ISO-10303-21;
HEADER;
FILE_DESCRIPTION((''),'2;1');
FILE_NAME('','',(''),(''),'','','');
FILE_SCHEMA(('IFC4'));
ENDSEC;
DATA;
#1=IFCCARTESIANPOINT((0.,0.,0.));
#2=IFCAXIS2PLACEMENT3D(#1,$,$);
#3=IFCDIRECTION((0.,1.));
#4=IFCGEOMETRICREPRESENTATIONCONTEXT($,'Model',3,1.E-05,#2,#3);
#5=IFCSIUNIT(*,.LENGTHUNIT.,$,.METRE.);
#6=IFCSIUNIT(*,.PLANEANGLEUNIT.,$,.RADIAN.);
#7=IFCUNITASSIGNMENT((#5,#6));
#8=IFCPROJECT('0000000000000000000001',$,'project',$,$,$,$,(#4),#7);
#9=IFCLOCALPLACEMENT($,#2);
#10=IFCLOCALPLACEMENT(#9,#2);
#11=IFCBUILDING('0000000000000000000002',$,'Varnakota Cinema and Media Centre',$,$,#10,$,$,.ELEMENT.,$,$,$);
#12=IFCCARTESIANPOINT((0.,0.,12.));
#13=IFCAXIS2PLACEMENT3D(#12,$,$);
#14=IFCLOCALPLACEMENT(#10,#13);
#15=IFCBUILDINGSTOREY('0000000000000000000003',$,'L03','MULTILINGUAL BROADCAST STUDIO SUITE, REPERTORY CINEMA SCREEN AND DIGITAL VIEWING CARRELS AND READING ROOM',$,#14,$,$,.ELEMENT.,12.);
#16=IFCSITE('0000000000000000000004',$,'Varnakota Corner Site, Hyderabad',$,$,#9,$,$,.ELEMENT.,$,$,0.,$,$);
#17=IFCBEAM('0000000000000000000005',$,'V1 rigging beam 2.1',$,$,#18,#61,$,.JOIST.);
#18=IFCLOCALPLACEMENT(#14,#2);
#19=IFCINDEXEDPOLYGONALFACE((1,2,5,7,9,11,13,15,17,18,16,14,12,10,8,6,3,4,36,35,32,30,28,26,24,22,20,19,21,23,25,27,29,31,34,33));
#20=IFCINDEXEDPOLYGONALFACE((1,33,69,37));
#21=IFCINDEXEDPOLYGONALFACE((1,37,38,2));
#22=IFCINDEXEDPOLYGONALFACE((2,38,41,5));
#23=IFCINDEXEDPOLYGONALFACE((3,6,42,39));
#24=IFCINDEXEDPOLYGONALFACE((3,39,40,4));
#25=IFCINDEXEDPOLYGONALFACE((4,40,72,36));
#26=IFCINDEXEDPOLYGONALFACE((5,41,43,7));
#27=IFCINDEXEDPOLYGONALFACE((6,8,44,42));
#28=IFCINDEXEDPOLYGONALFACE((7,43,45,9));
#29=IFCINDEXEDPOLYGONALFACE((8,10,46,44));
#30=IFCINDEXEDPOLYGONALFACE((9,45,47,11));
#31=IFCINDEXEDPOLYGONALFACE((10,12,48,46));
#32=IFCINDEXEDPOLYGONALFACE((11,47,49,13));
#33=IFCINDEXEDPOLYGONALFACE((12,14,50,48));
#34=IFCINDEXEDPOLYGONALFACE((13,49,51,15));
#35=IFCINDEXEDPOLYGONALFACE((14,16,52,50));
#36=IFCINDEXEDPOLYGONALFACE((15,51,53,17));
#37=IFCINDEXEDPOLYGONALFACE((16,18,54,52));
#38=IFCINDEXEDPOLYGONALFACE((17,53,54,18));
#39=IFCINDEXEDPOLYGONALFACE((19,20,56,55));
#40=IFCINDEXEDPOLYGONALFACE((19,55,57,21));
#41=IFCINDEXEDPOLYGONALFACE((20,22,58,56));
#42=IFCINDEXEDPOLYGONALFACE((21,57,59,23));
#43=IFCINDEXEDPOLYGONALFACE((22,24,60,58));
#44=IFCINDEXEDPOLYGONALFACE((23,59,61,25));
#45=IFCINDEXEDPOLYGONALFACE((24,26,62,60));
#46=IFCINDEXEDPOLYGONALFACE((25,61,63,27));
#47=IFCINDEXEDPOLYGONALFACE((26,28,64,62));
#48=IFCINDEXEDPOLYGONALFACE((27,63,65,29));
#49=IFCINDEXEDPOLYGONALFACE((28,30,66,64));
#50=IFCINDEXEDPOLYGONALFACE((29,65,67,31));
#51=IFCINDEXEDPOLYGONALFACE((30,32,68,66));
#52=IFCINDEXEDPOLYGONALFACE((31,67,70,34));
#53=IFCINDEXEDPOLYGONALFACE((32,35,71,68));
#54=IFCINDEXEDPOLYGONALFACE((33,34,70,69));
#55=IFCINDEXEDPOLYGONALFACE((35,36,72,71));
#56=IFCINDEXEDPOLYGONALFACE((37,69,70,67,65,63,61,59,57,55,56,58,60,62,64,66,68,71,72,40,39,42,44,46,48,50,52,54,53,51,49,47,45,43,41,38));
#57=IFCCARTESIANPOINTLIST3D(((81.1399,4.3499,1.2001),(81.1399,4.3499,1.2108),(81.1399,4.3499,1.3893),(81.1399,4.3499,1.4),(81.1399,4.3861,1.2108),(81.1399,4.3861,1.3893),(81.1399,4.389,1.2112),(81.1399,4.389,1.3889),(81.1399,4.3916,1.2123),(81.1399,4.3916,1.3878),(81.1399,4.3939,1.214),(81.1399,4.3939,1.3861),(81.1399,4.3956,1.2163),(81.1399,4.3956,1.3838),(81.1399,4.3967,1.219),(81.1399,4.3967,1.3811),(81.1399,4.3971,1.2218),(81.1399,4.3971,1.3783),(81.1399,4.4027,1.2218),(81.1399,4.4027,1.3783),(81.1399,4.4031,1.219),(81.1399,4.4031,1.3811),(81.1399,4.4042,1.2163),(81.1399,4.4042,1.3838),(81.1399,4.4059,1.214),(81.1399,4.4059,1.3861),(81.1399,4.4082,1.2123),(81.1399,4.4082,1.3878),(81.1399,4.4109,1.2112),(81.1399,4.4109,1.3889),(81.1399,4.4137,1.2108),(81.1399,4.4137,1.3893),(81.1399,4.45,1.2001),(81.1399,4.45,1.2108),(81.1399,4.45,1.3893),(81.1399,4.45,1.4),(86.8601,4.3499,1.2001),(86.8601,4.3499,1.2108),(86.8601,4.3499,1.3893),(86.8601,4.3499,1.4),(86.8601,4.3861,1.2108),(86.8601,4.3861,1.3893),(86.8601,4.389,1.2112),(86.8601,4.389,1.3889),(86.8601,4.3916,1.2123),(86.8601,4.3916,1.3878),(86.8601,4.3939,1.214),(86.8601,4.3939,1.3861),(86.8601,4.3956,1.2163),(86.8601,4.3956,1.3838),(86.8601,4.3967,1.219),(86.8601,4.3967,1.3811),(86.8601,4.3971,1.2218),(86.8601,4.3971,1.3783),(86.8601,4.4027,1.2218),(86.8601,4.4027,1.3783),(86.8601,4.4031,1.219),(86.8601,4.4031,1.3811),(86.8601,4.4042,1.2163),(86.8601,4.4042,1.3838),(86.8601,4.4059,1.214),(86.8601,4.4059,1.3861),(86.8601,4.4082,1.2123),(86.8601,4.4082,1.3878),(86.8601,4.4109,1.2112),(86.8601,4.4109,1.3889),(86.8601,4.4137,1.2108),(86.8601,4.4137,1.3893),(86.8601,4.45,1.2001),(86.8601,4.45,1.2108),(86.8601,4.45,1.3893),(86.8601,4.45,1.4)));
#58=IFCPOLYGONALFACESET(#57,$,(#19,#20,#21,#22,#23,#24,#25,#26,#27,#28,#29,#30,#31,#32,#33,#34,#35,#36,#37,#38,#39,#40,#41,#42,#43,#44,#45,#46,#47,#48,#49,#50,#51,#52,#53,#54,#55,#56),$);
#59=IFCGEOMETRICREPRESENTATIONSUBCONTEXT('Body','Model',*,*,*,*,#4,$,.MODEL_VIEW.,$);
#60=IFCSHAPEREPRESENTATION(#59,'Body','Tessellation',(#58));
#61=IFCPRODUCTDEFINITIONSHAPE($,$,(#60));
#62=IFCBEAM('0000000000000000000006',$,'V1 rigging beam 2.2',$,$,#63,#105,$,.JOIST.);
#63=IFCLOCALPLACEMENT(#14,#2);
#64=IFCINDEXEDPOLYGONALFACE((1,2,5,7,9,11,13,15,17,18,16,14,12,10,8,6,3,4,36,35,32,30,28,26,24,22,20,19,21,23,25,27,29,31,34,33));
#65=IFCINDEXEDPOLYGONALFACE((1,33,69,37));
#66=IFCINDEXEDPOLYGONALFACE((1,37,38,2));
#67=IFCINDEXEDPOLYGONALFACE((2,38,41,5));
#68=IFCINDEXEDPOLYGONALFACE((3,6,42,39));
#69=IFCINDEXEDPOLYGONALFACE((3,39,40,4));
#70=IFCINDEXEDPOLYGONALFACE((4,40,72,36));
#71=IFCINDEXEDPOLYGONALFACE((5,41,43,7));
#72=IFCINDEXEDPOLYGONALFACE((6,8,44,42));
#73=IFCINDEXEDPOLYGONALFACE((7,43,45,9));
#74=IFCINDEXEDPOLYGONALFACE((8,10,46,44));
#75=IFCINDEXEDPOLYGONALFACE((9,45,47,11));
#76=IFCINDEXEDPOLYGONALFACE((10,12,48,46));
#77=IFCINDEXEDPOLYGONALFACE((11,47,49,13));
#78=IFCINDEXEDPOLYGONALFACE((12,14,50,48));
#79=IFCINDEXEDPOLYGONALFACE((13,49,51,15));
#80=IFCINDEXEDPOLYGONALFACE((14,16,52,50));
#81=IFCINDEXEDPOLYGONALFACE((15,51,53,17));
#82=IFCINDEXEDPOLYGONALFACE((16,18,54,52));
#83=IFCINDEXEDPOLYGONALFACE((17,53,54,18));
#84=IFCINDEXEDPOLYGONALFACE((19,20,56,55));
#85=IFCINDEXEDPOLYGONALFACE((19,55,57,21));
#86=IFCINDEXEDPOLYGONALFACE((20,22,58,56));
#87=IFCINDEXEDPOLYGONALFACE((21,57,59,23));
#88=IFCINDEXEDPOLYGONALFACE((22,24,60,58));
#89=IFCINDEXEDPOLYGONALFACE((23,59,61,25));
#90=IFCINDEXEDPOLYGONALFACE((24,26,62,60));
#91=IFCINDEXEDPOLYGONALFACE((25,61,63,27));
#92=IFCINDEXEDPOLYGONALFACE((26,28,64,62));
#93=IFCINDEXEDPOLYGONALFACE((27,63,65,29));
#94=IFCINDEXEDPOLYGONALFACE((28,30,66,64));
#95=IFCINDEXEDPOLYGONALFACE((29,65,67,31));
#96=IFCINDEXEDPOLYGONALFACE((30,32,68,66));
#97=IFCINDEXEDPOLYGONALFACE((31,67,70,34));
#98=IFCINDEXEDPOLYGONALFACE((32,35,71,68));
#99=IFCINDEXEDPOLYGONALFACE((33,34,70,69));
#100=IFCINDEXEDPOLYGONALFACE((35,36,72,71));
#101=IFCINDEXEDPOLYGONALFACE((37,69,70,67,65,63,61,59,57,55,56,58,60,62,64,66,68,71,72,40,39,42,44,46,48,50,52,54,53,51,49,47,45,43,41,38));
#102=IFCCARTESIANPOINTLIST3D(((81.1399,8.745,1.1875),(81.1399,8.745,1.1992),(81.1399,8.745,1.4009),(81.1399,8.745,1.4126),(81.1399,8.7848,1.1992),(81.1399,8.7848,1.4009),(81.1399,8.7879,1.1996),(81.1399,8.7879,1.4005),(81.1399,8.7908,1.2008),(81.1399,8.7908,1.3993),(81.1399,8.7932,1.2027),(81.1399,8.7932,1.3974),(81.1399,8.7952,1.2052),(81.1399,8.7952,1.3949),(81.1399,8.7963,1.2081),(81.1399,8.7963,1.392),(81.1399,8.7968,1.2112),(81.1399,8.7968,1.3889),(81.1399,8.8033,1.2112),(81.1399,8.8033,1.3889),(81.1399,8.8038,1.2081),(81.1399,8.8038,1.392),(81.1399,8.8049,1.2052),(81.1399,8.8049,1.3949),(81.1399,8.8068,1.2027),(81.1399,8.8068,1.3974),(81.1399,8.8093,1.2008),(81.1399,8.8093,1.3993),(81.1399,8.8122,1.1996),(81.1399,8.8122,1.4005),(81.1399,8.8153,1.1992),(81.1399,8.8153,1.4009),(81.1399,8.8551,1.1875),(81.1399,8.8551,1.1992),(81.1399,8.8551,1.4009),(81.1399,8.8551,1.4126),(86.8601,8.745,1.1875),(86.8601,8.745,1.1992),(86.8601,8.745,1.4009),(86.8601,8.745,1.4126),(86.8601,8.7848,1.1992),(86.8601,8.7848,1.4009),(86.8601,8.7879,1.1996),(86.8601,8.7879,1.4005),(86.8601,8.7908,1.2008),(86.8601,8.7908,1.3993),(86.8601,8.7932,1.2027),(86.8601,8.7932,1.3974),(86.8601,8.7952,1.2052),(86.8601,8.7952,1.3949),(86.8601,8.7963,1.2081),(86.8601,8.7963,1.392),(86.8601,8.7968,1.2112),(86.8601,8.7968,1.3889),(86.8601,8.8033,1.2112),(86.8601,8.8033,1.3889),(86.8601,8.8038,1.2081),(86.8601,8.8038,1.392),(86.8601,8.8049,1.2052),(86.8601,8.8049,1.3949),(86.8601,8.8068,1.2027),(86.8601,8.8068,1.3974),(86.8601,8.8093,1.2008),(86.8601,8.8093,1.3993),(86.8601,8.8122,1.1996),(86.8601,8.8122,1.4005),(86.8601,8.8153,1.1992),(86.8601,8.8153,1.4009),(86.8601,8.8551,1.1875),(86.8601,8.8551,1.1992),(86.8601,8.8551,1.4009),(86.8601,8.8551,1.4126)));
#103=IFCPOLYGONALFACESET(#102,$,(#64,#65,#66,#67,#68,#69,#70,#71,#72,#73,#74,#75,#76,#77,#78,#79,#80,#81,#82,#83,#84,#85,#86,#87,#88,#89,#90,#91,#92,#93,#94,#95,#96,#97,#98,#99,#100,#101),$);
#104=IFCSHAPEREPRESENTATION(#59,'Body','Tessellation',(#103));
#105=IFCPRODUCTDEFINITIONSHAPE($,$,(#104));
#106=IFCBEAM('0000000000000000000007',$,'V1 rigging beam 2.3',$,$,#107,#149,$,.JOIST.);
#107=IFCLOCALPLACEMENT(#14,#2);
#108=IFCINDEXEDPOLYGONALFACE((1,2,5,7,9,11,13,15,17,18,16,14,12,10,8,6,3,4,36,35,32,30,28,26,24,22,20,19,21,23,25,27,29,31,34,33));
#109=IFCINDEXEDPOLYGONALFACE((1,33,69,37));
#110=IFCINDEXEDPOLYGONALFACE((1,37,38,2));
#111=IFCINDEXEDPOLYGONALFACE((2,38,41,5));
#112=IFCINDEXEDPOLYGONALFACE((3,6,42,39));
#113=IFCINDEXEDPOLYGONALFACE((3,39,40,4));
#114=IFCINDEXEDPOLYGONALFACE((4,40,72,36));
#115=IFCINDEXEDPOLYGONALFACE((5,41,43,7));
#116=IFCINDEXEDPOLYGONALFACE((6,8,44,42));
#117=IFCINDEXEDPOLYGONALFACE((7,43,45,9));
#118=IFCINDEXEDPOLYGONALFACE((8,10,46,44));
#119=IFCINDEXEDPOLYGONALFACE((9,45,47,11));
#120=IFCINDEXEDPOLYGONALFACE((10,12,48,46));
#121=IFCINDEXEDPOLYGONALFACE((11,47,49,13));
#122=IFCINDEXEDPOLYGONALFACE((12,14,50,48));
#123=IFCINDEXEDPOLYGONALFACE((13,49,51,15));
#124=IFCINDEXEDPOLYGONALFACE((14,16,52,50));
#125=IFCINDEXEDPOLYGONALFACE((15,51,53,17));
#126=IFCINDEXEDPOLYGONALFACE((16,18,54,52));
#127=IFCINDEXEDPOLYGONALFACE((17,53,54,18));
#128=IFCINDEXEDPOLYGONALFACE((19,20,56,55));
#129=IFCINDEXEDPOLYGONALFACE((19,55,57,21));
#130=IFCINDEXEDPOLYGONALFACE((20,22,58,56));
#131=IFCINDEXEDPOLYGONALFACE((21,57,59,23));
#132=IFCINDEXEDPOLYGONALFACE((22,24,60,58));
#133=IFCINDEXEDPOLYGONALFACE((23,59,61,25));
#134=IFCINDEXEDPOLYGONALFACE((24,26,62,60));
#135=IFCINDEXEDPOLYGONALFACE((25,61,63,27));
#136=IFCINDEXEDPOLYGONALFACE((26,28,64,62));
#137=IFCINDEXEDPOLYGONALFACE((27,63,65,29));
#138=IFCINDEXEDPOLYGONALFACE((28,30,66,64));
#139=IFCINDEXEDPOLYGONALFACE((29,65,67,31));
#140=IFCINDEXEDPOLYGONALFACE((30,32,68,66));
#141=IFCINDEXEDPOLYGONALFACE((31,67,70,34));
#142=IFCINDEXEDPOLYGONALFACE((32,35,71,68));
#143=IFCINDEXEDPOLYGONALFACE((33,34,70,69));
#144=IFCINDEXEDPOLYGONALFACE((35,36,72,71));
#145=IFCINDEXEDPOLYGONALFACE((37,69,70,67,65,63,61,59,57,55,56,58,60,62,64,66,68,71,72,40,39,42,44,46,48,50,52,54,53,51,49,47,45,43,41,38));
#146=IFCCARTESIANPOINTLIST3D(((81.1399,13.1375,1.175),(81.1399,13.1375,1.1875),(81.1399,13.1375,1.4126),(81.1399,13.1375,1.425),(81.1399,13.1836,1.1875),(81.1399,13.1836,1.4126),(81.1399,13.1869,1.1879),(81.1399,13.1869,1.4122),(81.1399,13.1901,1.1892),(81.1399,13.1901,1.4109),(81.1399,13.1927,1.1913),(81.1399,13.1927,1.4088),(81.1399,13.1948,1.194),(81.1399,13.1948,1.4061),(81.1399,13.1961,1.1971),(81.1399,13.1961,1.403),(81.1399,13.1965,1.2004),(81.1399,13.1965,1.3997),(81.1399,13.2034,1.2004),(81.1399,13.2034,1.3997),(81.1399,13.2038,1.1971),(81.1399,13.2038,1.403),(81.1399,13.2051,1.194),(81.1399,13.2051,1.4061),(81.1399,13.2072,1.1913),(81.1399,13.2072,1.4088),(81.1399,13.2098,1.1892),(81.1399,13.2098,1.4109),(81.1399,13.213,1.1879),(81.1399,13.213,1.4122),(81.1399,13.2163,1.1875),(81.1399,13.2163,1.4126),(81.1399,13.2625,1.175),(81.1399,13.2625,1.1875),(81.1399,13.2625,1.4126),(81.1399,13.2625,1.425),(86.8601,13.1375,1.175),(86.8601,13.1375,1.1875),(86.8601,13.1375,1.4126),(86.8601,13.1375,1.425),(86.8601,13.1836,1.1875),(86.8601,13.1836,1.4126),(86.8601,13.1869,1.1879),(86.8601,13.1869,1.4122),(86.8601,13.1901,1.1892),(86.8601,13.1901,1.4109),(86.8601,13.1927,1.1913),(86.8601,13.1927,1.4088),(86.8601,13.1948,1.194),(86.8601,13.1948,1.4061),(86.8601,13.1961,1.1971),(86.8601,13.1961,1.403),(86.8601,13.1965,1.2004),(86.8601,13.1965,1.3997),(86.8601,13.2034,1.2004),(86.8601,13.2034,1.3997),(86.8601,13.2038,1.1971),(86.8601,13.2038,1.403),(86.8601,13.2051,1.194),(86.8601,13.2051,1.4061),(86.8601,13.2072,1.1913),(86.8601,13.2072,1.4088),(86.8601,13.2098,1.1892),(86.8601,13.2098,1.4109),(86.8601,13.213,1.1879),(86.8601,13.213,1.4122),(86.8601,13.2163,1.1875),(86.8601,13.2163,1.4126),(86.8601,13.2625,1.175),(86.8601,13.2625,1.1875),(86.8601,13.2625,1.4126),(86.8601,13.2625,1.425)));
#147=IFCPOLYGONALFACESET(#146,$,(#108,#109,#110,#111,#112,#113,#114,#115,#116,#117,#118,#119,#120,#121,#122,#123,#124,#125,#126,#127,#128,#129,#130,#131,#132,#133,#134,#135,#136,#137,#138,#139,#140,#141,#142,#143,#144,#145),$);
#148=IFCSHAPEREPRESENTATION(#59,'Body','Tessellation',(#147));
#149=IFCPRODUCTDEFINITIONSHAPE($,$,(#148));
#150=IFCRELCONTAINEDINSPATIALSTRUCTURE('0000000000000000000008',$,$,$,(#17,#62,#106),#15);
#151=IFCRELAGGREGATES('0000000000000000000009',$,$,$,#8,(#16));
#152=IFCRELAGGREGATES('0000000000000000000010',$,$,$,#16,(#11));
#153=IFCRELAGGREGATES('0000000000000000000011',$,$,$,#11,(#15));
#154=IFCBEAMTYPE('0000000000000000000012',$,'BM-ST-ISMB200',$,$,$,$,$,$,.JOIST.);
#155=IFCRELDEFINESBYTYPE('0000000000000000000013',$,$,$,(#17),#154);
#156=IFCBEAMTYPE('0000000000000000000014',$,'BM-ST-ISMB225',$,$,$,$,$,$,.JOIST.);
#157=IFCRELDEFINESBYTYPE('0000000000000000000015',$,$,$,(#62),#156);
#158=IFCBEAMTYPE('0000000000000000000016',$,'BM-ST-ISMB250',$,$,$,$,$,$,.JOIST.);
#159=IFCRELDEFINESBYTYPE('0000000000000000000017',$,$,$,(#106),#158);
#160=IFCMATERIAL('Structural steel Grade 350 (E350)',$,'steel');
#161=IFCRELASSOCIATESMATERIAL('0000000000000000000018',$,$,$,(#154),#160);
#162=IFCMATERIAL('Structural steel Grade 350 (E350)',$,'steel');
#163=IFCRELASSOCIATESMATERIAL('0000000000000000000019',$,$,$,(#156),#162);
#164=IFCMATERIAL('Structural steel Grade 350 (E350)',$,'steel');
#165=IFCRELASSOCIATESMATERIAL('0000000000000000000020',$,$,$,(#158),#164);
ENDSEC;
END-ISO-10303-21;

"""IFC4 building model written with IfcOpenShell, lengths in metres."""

from ifc_helpers import new_model, si_unit, direction, frame, origin, origin_2d, place, context, subcontext, project, spatial, i_section, extrude, material, material_profile, profile_set, type_object, element, save


model = new_model("IFC4")

# Units and contexts
model_context = context("Model", 3, precision=1e-05, world=origin(), true_north=direction((0.0, 1.0)))
body_context = subcontext(model_context, "Body", "Model", "MODEL_VIEW")
ifc_project = project(units=[si_unit("LENGTHUNIT", "METRE"), si_unit("PLANEANGLEUNIT", "RADIAN")], contexts=[model_context])

# Site, building, storey
site_placement = place(None, origin())
site = spatial("IfcSite", under=ifc_project, at=site_placement, Name="Varnakota Corner Site, Hyderabad", CompositionType="ELEMENT", RefElevation=0.0)
building_placement = place(site_placement, origin())
building = spatial("IfcBuilding", under=site, at=building_placement, Name="Varnakota Cinema and Media Centre", CompositionType="ELEMENT")
storey_placement = place(building_placement, frame((0.0, 0.0, 12.0)))
storey = spatial("IfcBuildingStorey", under=building, at=storey_placement, Name="L03", Description="MULTILINGUAL BROADCAST STUDIO SUITE, REPERTORY CINEMA SCREEN AND DIGITAL VIEWING CARRELS AND READING ROOM", CompositionType="ELEMENT", Elevation=12.0)

# Beams
ifc_material_1 = material(Name="Structural steel Grade 350 (E350)", Category="steel")
ifc_material_profile_1 = material_profile(ifc_material_1, i_section(OverallWidth=0.1001, OverallDepth=0.2, WebThickness=0.0056, FlangeThickness=0.0107, FilletRadius=0.011, at=origin_2d()), Name="ISMB 200")
ifc_profile_set_1 = profile_set([ifc_material_profile_1], Name="Structural steel Grade 350 (E350)")
beam_type_1 = type_object("IfcBeamType", Name="BM-ST-ISMB200", PredefinedType="JOIST", material=ifc_profile_set_1)
beam_1_placement = place(storey_placement, frame((81.1399, 4.3999, 1.3), z_axis=(1.0, 0.0, 0.0), x_axis=(0.0, 1.0, 0.0)))
element("IfcBeam", 1, at=beam_1_placement, inside=storey, type_object=beam_type_1, Name="V1 rigging beam 2.1", PredefinedType="JOIST", context=body_context, shape_type="SweptSolid", body=[
    extrude(i_section(OverallWidth=0.1001, OverallDepth=0.2, WebThickness=0.0056, FlangeThickness=0.0107, FilletRadius=0.011, at=origin_2d()), origin(), (0.0, 0.0, 1.0), 5.7202),
])
ifc_material_2 = material(Name="Structural steel Grade 350 (E350)", Category="steel")
ifc_material_profile_2 = material_profile(ifc_material_2, i_section(OverallWidth=0.1101, OverallDepth=0.2251, WebThickness=0.0066, FlangeThickness=0.0117, FilletRadius=0.012, at=origin_2d()), Name="ISMB 225")
ifc_profile_set_2 = profile_set([ifc_material_profile_2], Name="Structural steel Grade 350 (E350)")
beam_type_2 = type_object("IfcBeamType", Name="BM-ST-ISMB225", PredefinedType="JOIST", material=ifc_profile_set_2)
beam_2_placement = place(storey_placement, frame((81.1399, 8.8, 1.3), z_axis=(1.0, 0.0, 0.0), x_axis=(0.0, 1.0, 0.0)))
element("IfcBeam", 2, at=beam_2_placement, inside=storey, type_object=beam_type_2, Name="V1 rigging beam 2.2", PredefinedType="JOIST", context=body_context, shape_type="SweptSolid", body=[
    extrude(i_section(OverallWidth=0.1101, OverallDepth=0.2251, WebThickness=0.0066, FlangeThickness=0.0117, FilletRadius=0.012, at=origin_2d()), origin(), (0.0, 0.0, 1.0), 5.7202),
])
ifc_material_3 = material(Name="Structural steel Grade 350 (E350)", Category="steel")
ifc_material_profile_3 = material_profile(ifc_material_3, i_section(OverallWidth=0.125, OverallDepth=0.25, WebThickness=0.0068, FlangeThickness=0.0125, FilletRadius=0.0129, at=origin_2d()), Name="ISMB 250")
ifc_profile_set_3 = profile_set([ifc_material_profile_3], Name="Structural steel Grade 350 (E350)")
beam_type_3 = type_object("IfcBeamType", Name="BM-ST-ISMB250", PredefinedType="JOIST", material=ifc_profile_set_3)
beam_3_placement = place(storey_placement, frame((81.1399, 13.2, 1.3), z_axis=(1.0, 0.0, 0.0), x_axis=(0.0, 1.0, 0.0)))
element("IfcBeam", 3, at=beam_3_placement, inside=storey, type_object=beam_type_3, Name="V1 rigging beam 2.3", PredefinedType="JOIST", context=body_context, shape_type="SweptSolid", body=[
    extrude(i_section(OverallWidth=0.125, OverallDepth=0.25, WebThickness=0.0068, FlangeThickness=0.0125, FilletRadius=0.0129, at=origin_2d()), origin(), (0.0, 0.0, 1.0), 5.7202),
])

save(model, "model.ifc")
